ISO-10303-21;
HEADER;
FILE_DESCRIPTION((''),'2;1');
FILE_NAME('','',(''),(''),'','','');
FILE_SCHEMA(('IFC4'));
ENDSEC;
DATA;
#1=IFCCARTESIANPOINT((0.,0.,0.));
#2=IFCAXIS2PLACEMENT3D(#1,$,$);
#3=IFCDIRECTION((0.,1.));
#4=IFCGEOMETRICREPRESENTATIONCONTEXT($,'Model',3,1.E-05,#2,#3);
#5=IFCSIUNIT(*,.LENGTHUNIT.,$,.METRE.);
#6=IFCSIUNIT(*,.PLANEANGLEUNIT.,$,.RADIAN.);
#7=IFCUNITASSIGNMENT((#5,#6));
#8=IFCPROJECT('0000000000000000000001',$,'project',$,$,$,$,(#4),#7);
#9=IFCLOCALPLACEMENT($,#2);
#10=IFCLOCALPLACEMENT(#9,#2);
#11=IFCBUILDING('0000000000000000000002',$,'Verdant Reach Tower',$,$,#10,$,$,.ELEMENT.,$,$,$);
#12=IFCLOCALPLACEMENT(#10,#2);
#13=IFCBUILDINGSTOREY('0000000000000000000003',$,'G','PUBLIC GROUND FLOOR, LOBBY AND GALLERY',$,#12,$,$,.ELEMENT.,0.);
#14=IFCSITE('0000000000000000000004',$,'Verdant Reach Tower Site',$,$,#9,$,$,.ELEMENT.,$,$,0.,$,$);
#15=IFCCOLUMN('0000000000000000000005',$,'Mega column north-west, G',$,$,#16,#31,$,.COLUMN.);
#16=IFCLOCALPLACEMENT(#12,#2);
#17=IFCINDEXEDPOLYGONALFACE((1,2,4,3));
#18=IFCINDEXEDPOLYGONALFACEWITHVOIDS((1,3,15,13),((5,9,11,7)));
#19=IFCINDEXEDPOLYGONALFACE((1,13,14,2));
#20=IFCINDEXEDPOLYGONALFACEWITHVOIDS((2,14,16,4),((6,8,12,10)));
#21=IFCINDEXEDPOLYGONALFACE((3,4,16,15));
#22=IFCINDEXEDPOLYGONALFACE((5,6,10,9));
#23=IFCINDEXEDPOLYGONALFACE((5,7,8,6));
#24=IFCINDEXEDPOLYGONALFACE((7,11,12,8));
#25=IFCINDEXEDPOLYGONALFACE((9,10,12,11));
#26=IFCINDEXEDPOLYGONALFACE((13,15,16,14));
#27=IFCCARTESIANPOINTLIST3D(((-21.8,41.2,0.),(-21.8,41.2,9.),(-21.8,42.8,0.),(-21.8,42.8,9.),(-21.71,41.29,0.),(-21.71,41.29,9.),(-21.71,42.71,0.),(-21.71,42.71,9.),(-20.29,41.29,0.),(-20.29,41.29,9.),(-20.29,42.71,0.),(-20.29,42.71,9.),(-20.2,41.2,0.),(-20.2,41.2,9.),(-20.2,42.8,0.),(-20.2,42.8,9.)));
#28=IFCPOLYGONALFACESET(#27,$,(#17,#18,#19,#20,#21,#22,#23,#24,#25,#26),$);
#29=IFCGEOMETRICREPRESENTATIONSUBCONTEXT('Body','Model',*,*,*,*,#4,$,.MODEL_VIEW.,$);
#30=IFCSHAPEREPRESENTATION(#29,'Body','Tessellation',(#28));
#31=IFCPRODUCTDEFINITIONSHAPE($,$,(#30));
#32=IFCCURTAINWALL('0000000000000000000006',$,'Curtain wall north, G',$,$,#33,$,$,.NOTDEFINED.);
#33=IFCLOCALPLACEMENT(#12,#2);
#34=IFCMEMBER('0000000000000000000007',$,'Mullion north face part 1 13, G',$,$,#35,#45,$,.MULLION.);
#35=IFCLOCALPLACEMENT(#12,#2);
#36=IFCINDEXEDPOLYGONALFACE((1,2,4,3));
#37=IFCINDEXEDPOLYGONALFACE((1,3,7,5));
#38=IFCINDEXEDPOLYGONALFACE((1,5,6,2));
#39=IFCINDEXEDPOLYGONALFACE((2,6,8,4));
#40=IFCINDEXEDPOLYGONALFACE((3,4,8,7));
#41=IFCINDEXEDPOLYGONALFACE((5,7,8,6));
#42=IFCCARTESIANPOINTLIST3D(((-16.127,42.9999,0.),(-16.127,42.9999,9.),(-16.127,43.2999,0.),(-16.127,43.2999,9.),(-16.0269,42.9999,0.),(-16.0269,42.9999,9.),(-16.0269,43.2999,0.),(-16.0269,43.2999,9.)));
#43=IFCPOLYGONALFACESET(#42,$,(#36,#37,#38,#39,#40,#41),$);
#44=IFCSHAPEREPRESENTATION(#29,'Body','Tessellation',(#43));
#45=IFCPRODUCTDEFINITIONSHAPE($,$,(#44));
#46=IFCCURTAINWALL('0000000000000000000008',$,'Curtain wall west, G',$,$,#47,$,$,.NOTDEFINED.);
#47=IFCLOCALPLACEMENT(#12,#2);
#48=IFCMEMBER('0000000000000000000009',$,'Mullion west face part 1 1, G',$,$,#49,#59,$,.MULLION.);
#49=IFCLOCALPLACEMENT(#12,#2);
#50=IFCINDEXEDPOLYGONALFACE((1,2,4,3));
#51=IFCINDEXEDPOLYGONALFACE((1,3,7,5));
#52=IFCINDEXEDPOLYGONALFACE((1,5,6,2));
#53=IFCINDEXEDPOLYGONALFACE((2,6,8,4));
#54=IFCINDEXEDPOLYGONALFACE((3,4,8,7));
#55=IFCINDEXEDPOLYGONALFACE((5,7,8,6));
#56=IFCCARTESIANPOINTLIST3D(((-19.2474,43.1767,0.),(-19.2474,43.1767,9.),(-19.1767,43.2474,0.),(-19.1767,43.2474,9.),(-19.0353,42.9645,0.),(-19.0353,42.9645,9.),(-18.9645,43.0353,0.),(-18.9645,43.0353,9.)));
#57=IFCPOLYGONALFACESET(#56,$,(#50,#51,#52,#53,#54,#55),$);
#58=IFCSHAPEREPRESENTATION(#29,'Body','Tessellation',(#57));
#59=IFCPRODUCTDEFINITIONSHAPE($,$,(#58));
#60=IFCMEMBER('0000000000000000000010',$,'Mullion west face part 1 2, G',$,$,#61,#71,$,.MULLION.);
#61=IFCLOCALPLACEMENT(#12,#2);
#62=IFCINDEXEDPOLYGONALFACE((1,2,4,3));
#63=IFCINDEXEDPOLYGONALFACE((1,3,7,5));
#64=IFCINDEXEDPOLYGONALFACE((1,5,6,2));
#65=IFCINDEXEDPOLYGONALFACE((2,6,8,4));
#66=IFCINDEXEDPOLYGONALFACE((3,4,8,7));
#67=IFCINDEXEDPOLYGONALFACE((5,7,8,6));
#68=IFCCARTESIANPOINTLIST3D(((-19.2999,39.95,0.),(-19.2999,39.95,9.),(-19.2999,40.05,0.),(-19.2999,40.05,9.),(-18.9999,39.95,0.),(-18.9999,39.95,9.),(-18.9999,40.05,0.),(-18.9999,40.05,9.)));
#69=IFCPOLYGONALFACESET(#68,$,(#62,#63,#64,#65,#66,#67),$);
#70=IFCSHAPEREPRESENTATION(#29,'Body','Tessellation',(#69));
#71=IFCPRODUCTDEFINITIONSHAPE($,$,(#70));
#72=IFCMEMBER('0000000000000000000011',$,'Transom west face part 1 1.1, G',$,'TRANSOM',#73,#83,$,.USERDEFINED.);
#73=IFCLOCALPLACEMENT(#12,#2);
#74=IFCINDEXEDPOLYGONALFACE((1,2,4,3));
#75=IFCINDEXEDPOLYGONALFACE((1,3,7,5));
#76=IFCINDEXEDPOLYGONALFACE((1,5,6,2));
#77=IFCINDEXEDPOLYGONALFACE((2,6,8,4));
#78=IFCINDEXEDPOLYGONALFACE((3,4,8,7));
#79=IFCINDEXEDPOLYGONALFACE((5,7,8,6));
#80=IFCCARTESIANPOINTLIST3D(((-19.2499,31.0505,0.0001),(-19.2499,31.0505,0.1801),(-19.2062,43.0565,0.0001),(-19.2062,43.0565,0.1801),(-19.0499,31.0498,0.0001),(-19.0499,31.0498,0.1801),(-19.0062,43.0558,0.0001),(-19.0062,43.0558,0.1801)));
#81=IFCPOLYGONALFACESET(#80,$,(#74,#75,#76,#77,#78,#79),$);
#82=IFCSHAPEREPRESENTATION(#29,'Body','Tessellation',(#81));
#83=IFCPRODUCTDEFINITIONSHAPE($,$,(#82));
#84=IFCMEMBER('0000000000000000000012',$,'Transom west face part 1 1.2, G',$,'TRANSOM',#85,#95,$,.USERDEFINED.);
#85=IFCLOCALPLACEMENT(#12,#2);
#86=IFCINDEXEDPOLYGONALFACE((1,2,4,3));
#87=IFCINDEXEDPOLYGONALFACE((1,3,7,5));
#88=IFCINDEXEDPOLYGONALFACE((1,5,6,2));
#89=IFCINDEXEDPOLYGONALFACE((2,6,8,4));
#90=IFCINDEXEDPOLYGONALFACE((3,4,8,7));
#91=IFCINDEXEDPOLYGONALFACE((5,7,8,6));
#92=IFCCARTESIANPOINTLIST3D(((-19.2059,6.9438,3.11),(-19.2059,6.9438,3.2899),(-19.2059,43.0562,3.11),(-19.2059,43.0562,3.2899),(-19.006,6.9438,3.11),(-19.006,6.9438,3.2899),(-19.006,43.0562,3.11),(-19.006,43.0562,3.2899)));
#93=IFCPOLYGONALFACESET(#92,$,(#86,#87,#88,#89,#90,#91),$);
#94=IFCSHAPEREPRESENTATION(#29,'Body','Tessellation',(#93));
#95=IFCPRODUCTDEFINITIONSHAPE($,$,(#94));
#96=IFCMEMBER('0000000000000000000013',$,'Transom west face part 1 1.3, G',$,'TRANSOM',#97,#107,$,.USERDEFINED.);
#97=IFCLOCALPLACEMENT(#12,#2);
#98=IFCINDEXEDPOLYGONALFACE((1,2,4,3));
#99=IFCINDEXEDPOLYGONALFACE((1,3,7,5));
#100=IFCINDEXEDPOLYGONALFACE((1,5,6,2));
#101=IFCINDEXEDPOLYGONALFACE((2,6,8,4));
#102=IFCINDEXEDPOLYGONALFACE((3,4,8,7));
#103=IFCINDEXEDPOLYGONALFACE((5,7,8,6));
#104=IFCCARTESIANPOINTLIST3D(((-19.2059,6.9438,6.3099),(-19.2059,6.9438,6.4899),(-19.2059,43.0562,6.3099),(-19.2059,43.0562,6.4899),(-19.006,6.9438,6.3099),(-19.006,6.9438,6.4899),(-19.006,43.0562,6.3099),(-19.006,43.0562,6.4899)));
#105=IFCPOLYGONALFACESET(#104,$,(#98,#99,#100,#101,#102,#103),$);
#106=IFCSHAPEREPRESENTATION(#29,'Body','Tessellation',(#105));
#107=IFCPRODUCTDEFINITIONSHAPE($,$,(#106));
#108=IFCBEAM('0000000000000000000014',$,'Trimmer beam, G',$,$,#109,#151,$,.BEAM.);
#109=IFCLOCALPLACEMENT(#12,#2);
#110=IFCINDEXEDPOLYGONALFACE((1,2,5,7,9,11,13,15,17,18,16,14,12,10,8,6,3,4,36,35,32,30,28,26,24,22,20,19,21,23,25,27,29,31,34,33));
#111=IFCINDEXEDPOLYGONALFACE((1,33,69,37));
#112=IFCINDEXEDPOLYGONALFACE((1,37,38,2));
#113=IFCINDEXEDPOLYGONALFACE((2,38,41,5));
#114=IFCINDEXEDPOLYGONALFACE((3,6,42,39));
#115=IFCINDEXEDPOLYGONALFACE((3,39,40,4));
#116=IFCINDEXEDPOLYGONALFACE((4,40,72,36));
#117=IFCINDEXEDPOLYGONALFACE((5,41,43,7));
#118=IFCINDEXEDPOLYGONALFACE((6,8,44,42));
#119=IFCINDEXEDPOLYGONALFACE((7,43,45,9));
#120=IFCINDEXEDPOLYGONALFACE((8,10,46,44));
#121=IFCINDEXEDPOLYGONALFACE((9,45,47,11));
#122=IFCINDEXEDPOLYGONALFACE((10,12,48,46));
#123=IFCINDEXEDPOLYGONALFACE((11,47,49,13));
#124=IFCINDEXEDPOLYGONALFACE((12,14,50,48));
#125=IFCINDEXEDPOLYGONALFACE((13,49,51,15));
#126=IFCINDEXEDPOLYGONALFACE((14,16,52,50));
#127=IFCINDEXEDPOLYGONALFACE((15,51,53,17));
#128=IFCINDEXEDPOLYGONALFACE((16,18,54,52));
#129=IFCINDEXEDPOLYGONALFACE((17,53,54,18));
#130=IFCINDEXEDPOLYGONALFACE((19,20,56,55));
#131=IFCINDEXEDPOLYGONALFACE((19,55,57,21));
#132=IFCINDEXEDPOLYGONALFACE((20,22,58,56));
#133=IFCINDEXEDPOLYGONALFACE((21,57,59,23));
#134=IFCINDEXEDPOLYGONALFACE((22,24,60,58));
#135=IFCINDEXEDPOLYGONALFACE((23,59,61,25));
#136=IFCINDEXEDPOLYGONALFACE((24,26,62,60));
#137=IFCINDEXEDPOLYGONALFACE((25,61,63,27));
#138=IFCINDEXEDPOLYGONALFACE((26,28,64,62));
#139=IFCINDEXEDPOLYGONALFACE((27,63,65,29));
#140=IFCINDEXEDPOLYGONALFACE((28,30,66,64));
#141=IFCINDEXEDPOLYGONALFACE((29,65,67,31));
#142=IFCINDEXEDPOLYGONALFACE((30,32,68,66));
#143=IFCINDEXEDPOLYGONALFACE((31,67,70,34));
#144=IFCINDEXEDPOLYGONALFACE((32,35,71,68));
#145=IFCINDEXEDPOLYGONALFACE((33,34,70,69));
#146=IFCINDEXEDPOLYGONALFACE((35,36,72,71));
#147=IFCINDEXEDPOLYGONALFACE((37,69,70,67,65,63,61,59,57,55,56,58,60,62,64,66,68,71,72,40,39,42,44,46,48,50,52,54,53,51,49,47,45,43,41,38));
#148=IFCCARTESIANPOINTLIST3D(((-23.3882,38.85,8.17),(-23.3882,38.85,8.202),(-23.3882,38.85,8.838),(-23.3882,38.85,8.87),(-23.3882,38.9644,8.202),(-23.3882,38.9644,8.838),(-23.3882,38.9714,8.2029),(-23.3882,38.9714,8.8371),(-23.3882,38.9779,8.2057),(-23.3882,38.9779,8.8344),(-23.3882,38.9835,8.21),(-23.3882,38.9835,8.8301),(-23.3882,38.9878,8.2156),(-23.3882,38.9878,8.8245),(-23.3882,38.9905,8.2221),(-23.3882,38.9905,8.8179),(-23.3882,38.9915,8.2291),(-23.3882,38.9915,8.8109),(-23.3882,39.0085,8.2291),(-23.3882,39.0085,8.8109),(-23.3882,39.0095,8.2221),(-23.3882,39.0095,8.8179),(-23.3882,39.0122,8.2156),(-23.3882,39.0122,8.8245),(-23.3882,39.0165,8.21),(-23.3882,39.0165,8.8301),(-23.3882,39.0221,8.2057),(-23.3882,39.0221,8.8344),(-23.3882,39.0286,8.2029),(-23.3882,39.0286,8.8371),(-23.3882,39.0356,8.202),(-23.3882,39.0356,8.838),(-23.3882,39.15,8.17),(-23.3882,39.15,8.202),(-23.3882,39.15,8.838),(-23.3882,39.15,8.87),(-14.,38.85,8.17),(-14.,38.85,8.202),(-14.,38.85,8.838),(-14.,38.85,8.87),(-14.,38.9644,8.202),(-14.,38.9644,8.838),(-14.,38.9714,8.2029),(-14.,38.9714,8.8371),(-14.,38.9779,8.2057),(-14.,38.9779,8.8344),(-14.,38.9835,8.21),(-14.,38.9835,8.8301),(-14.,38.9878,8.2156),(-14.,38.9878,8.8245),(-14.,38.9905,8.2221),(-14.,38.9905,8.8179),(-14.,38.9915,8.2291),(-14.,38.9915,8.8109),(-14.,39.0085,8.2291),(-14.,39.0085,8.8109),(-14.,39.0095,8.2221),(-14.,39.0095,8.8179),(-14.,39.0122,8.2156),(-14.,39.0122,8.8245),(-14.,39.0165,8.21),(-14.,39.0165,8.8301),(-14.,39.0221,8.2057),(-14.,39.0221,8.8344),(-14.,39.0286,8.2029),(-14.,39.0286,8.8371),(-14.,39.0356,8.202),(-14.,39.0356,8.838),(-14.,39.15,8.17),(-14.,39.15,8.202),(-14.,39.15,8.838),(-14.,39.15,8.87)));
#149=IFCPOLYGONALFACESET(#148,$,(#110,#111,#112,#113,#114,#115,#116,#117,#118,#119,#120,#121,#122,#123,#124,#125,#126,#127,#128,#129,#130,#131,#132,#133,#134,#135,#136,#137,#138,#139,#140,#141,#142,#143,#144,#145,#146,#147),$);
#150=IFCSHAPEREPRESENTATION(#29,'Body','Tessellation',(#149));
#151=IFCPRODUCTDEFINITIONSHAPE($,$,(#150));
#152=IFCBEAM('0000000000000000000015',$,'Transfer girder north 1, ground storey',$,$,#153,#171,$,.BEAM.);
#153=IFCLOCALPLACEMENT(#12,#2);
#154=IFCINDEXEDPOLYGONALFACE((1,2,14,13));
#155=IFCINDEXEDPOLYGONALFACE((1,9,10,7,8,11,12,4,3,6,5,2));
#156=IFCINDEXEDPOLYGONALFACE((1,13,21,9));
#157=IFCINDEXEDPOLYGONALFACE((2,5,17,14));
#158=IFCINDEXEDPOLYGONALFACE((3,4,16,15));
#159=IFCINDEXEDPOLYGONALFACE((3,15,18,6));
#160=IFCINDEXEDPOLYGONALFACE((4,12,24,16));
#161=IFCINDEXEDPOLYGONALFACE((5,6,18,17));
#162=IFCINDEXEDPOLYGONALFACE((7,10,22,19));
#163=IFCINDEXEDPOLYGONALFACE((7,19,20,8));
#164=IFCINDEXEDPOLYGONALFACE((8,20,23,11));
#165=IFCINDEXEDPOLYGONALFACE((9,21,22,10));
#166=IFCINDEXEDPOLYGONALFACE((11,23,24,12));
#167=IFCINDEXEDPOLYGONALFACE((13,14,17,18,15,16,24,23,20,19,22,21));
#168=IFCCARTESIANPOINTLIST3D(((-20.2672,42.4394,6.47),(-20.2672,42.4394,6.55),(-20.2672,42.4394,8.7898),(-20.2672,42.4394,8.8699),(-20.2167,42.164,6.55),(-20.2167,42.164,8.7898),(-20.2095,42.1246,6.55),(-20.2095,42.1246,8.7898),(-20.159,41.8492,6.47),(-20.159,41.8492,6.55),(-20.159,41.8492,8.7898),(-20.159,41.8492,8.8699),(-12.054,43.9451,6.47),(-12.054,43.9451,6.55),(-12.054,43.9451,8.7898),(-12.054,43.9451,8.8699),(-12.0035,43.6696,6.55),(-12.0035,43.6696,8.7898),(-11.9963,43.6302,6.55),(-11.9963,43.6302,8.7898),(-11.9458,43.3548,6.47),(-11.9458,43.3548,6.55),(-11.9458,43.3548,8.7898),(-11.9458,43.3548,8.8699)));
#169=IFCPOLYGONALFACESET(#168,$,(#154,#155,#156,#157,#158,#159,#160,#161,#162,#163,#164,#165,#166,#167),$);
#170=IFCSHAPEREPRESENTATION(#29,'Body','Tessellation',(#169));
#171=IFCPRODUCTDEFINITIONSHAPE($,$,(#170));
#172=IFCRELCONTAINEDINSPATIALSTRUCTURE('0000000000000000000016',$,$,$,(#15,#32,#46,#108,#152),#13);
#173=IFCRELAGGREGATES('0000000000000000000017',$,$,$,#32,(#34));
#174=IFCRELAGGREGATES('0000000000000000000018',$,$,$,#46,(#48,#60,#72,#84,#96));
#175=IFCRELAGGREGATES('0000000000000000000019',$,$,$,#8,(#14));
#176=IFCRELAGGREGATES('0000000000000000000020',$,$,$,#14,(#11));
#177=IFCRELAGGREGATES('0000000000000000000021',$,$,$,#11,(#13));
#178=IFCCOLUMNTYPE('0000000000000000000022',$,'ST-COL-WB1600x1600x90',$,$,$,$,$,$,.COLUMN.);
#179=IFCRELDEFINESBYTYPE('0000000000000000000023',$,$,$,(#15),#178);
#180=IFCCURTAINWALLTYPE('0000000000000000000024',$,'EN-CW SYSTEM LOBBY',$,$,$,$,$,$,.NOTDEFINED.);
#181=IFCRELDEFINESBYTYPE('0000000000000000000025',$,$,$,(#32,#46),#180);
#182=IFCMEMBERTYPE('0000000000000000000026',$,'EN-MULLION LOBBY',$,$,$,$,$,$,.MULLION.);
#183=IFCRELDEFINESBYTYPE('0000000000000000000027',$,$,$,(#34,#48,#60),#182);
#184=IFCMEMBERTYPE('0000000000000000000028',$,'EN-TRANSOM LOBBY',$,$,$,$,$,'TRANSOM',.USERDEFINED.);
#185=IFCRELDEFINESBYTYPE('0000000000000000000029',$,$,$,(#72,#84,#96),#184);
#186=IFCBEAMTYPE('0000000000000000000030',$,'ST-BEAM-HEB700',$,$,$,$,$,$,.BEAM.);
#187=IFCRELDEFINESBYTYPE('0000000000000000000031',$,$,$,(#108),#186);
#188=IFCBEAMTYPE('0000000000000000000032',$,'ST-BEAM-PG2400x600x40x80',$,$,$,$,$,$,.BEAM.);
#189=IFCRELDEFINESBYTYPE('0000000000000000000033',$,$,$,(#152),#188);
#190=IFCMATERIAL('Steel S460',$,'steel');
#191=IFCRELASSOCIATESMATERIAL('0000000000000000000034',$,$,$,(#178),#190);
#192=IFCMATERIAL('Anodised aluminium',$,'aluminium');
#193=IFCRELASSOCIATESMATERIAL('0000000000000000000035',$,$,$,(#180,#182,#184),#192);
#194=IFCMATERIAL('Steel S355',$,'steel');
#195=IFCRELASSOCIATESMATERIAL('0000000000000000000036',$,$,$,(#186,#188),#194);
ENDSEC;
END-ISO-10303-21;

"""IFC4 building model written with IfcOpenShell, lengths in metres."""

from ifc_helpers import new_model, si_unit, direction, frame, origin, origin_2d, place, context, subcontext, project, spatial, rectangle, hollow_rectangle, i_section, extrude, material, material_profile, profile_set, type_object, element, aggregate, save


model = new_model("IFC4")

# Units and contexts
model_context = context("Model", 3, precision=1e-05, world=origin(), true_north=direction((0.0, 1.0)))
body_context = subcontext(model_context, "Body", "Model", "MODEL_VIEW")
ifc_project = project(units=[si_unit("LENGTHUNIT", "METRE"), si_unit("PLANEANGLEUNIT", "RADIAN")], contexts=[model_context])

# Site, building, storey
site_placement = place(None, origin())
site = spatial("IfcSite", under=ifc_project, at=site_placement, Name="Verdant Reach Tower Site", CompositionType="ELEMENT", RefElevation=0.0)
building_placement = place(site_placement, origin())
building = spatial("IfcBuilding", under=site, at=building_placement, Name="Verdant Reach Tower", CompositionType="ELEMENT")
storey_placement = place(building_placement, origin())
storey = spatial("IfcBuildingStorey", under=building, at=storey_placement, Name="G", Description="PUBLIC GROUND FLOOR, LOBBY AND GALLERY", CompositionType="ELEMENT", Elevation=0.0)

# Column
ifc_material_1 = material(Name="Steel S460", Category="steel")
ifc_material_profile_1 = material_profile(ifc_material_1, hollow_rectangle(XDim=1.6001, YDim=1.6001, WallThickness=0.0901, at=origin_2d()), Name="WB 1600x1600x90")
ifc_profile_set_1 = profile_set([ifc_material_profile_1], Name="Steel S460")
column_type = type_object("IfcColumnType", Name="ST-COL-WB1600x1600x90", PredefinedType="COLUMN", material=ifc_profile_set_1)
column_placement = place(storey_placement, frame((-21.0, 42.0, 0.0), z_axis=(0.0, 0.0, 1.0), x_axis=(1.0, 0.0, 0.0)))
element("IfcColumn", 1, at=column_placement, inside=storey, type_object=column_type, Name="Mega column north-west, G", PredefinedType="COLUMN", context=body_context, shape_type="SweptSolid", body=[
    extrude(hollow_rectangle(XDim=1.6001, YDim=1.6001, WallThickness=0.0901, at=origin_2d()), origin(), (0.0, 0.0, 1.0), 9.0),
])

# Curtain wall, member
ifc_material_2 = material(Name="Anodised aluminium", Category="aluminium")
curtain_wall_type = type_object("IfcCurtainWallType", Name="EN-CW SYSTEM LOBBY", PredefinedType="NOTDEFINED", material=ifc_material_2)
curtain_wall_1_placement = place(storey_placement, origin())
curtain_wall_1 = element("IfcCurtainWall", 2, at=curtain_wall_1_placement, inside=storey, type_object=curtain_wall_type, Name="Curtain wall north, G", PredefinedType="NOTDEFINED")
ifc_material_profile_2 = material_profile(ifc_material_2, rectangle(XDim=0.3, YDim=0.1001, at=origin_2d()), Name="Mullion 100x300")
ifc_profile_set_2 = profile_set([ifc_material_profile_2], Name="Anodised aluminium")
member_type_1 = type_object("IfcMemberType", Name="EN-MULLION LOBBY", PredefinedType="MULLION", material=ifc_profile_set_2)
member_1_placement = place(storey_placement, frame((-16.0769, 43.1499, 0.0), z_axis=(0.0, 0.0, 1.0), x_axis=(0.0, 1.0, 0.0)))
member_1 = element("IfcMember", 3, at=member_1_placement, type_object=member_type_1, Name="Mullion north face part 1 13, G", PredefinedType="MULLION", context=body_context, shape_type="SweptSolid", body=[
    extrude(rectangle(XDim=0.3, YDim=0.1001, at=origin_2d()), origin(), (0.0, 0.0, 1.0), 9.0),
])

# Curtain wall, members
curtain_wall_2_placement = place(storey_placement, origin())
curtain_wall_2 = element("IfcCurtainWall", 4, at=curtain_wall_2_placement, inside=storey, type_object=curtain_wall_type, Name="Curtain wall west, G", PredefinedType="NOTDEFINED")
member_2_placement = place(storey_placement, frame((-19.106, 43.106, 0.0), z_axis=(0.0, 0.0, 1.0), x_axis=(-0.707107, 0.707107, 0.0)))
member_2 = element("IfcMember", 5, at=member_2_placement, type_object=member_type_1, Name="Mullion west face part 1 1, G", PredefinedType="MULLION", context=body_context, shape_type="SweptSolid", body=[
    extrude(rectangle(XDim=0.3, YDim=0.1001, at=origin_2d()), origin(), (0.0, 0.0, 1.0), 9.0),
])
member_3_placement = place(storey_placement, frame((-19.1499, 40.0, 0.0), z_axis=(0.0, 0.0, 1.0), x_axis=(-1.0, 0.0, 0.0)))
member_3 = element("IfcMember", 6, at=member_3_placement, type_object=member_type_1, Name="Mullion west face part 1 2, G", PredefinedType="MULLION", context=body_context, shape_type="SweptSolid", body=[
    extrude(rectangle(XDim=0.3, YDim=0.1001, at=origin_2d()), origin(), (0.0, 0.0, 1.0), 9.0),
])
ifc_material_profile_3 = material_profile(ifc_material_2, rectangle(XDim=0.2, YDim=0.1799, at=origin_2d()), Name="Transom 180x200")
ifc_profile_set_3 = profile_set([ifc_material_profile_3], Name="Anodised aluminium")
member_type_2 = type_object("IfcMemberType", Name="EN-TRANSOM LOBBY", ElementType="TRANSOM", PredefinedType="USERDEFINED", material=ifc_profile_set_3)
member_4_placement = place(storey_placement, frame((-19.1062, 43.0562, 0.0901), z_axis=(-0.00364, -0.999993, 0.0), x_axis=(0.999993, -0.00364, 0.0)))
member_4 = element("IfcMember", 7, at=member_4_placement, type_object=member_type_2, Name="Transom west face part 1 1.1, G", ObjectType="TRANSOM", PredefinedType="USERDEFINED", context=body_context, shape_type="SweptSolid", body=[
    extrude(rectangle(XDim=0.2, YDim=0.1799, at=origin_2d()), origin(), (0.0, 0.0, 1.0), 12.0061),
])
member_5_placement = place(storey_placement, frame((-19.106, 43.0562, 3.2), z_axis=(0.0, -1.0, 0.0), x_axis=(1.0, 0.0, 0.0)))
member_5 = element("IfcMember", 8, at=member_5_placement, type_object=member_type_2, Name="Transom west face part 1 1.2, G", ObjectType="TRANSOM", PredefinedType="USERDEFINED", context=body_context, shape_type="SweptSolid", body=[
    extrude(rectangle(XDim=0.2, YDim=0.1799, at=origin_2d()), origin(), (0.0, 0.0, 1.0), 36.1123),
])
member_6_placement = place(storey_placement, frame((-19.106, 43.0562, 6.3999), z_axis=(0.0, -1.0, 0.0), x_axis=(1.0, 0.0, 0.0)))
member_6 = element("IfcMember", 9, at=member_6_placement, type_object=member_type_2, Name="Transom west face part 1 1.3, G", ObjectType="TRANSOM", PredefinedType="USERDEFINED", context=body_context, shape_type="SweptSolid", body=[
    extrude(rectangle(XDim=0.2, YDim=0.1799, at=origin_2d()), origin(), (0.0, 0.0, 1.0), 36.1123),
])

# Beams
ifc_material_3 = material(Name="Steel S355", Category="steel")
ifc_material_profile_4 = material_profile(ifc_material_3, i_section(OverallWidth=0.3, OverallDepth=0.7, WebThickness=0.0171, FlangeThickness=0.032, FilletRadius=0.0271, at=origin_2d()), Name="HEB 700")
ifc_profile_set_4 = profile_set([ifc_material_profile_4], Name="Steel S355")
beam_type_1 = type_object("IfcBeamType", Name="ST-BEAM-HEB700", PredefinedType="BEAM", material=ifc_profile_set_4)
beam_1_placement = place(storey_placement, frame((-14.0, 39.0, 8.52), z_axis=(-1.0, 0.0, 0.0), x_axis=(0.0, -1.0, 0.0)))
element("IfcBeam", 10, at=beam_1_placement, inside=storey, type_object=beam_type_1, Name="Trimmer beam, G", PredefinedType="BEAM", context=body_context, shape_type="SweptSolid", body=[
    extrude(i_section(OverallWidth=0.3, OverallDepth=0.7, WebThickness=0.0171, FlangeThickness=0.032, FilletRadius=0.0271, at=origin_2d()), origin(), (0.0, 0.0, 1.0), 9.3882),
])
ifc_material_profile_5 = material_profile(ifc_material_3, i_section(OverallWidth=0.6001, OverallDepth=2.3999, WebThickness=0.04, FlangeThickness=0.0801, at=origin_2d()), Name="PG 2400x600x40x80")
ifc_profile_set_5 = profile_set([ifc_material_profile_5], Name="Steel S355")
beam_type_2 = type_object("IfcBeamType", Name="ST-BEAM-PG2400x600x40x80", PredefinedType="BEAM", material=ifc_profile_set_5)
beam_2_placement = place(storey_placement, frame((-20.2131, 42.1443, 7.6699), z_axis=(0.983609, 0.180313, 0.0), x_axis=(-0.180313, 0.983609, 0.0)))
element("IfcBeam", 11, at=beam_2_placement, inside=storey, type_object=beam_type_2, Name="Transfer girder north 1, ground storey", PredefinedType="BEAM", context=body_context, shape_type="SweptSolid", body=[
    extrude(i_section(OverallWidth=0.6001, OverallDepth=2.3999, WebThickness=0.04, FlangeThickness=0.0801, at=origin_2d()), origin(), (0.0, 0.0, 1.0), 8.3501),
])

aggregate(curtain_wall_1, [member_1])
aggregate(curtain_wall_2, [member_2, member_3, member_4, member_5, member_6])

save(model, "model.ifc")
